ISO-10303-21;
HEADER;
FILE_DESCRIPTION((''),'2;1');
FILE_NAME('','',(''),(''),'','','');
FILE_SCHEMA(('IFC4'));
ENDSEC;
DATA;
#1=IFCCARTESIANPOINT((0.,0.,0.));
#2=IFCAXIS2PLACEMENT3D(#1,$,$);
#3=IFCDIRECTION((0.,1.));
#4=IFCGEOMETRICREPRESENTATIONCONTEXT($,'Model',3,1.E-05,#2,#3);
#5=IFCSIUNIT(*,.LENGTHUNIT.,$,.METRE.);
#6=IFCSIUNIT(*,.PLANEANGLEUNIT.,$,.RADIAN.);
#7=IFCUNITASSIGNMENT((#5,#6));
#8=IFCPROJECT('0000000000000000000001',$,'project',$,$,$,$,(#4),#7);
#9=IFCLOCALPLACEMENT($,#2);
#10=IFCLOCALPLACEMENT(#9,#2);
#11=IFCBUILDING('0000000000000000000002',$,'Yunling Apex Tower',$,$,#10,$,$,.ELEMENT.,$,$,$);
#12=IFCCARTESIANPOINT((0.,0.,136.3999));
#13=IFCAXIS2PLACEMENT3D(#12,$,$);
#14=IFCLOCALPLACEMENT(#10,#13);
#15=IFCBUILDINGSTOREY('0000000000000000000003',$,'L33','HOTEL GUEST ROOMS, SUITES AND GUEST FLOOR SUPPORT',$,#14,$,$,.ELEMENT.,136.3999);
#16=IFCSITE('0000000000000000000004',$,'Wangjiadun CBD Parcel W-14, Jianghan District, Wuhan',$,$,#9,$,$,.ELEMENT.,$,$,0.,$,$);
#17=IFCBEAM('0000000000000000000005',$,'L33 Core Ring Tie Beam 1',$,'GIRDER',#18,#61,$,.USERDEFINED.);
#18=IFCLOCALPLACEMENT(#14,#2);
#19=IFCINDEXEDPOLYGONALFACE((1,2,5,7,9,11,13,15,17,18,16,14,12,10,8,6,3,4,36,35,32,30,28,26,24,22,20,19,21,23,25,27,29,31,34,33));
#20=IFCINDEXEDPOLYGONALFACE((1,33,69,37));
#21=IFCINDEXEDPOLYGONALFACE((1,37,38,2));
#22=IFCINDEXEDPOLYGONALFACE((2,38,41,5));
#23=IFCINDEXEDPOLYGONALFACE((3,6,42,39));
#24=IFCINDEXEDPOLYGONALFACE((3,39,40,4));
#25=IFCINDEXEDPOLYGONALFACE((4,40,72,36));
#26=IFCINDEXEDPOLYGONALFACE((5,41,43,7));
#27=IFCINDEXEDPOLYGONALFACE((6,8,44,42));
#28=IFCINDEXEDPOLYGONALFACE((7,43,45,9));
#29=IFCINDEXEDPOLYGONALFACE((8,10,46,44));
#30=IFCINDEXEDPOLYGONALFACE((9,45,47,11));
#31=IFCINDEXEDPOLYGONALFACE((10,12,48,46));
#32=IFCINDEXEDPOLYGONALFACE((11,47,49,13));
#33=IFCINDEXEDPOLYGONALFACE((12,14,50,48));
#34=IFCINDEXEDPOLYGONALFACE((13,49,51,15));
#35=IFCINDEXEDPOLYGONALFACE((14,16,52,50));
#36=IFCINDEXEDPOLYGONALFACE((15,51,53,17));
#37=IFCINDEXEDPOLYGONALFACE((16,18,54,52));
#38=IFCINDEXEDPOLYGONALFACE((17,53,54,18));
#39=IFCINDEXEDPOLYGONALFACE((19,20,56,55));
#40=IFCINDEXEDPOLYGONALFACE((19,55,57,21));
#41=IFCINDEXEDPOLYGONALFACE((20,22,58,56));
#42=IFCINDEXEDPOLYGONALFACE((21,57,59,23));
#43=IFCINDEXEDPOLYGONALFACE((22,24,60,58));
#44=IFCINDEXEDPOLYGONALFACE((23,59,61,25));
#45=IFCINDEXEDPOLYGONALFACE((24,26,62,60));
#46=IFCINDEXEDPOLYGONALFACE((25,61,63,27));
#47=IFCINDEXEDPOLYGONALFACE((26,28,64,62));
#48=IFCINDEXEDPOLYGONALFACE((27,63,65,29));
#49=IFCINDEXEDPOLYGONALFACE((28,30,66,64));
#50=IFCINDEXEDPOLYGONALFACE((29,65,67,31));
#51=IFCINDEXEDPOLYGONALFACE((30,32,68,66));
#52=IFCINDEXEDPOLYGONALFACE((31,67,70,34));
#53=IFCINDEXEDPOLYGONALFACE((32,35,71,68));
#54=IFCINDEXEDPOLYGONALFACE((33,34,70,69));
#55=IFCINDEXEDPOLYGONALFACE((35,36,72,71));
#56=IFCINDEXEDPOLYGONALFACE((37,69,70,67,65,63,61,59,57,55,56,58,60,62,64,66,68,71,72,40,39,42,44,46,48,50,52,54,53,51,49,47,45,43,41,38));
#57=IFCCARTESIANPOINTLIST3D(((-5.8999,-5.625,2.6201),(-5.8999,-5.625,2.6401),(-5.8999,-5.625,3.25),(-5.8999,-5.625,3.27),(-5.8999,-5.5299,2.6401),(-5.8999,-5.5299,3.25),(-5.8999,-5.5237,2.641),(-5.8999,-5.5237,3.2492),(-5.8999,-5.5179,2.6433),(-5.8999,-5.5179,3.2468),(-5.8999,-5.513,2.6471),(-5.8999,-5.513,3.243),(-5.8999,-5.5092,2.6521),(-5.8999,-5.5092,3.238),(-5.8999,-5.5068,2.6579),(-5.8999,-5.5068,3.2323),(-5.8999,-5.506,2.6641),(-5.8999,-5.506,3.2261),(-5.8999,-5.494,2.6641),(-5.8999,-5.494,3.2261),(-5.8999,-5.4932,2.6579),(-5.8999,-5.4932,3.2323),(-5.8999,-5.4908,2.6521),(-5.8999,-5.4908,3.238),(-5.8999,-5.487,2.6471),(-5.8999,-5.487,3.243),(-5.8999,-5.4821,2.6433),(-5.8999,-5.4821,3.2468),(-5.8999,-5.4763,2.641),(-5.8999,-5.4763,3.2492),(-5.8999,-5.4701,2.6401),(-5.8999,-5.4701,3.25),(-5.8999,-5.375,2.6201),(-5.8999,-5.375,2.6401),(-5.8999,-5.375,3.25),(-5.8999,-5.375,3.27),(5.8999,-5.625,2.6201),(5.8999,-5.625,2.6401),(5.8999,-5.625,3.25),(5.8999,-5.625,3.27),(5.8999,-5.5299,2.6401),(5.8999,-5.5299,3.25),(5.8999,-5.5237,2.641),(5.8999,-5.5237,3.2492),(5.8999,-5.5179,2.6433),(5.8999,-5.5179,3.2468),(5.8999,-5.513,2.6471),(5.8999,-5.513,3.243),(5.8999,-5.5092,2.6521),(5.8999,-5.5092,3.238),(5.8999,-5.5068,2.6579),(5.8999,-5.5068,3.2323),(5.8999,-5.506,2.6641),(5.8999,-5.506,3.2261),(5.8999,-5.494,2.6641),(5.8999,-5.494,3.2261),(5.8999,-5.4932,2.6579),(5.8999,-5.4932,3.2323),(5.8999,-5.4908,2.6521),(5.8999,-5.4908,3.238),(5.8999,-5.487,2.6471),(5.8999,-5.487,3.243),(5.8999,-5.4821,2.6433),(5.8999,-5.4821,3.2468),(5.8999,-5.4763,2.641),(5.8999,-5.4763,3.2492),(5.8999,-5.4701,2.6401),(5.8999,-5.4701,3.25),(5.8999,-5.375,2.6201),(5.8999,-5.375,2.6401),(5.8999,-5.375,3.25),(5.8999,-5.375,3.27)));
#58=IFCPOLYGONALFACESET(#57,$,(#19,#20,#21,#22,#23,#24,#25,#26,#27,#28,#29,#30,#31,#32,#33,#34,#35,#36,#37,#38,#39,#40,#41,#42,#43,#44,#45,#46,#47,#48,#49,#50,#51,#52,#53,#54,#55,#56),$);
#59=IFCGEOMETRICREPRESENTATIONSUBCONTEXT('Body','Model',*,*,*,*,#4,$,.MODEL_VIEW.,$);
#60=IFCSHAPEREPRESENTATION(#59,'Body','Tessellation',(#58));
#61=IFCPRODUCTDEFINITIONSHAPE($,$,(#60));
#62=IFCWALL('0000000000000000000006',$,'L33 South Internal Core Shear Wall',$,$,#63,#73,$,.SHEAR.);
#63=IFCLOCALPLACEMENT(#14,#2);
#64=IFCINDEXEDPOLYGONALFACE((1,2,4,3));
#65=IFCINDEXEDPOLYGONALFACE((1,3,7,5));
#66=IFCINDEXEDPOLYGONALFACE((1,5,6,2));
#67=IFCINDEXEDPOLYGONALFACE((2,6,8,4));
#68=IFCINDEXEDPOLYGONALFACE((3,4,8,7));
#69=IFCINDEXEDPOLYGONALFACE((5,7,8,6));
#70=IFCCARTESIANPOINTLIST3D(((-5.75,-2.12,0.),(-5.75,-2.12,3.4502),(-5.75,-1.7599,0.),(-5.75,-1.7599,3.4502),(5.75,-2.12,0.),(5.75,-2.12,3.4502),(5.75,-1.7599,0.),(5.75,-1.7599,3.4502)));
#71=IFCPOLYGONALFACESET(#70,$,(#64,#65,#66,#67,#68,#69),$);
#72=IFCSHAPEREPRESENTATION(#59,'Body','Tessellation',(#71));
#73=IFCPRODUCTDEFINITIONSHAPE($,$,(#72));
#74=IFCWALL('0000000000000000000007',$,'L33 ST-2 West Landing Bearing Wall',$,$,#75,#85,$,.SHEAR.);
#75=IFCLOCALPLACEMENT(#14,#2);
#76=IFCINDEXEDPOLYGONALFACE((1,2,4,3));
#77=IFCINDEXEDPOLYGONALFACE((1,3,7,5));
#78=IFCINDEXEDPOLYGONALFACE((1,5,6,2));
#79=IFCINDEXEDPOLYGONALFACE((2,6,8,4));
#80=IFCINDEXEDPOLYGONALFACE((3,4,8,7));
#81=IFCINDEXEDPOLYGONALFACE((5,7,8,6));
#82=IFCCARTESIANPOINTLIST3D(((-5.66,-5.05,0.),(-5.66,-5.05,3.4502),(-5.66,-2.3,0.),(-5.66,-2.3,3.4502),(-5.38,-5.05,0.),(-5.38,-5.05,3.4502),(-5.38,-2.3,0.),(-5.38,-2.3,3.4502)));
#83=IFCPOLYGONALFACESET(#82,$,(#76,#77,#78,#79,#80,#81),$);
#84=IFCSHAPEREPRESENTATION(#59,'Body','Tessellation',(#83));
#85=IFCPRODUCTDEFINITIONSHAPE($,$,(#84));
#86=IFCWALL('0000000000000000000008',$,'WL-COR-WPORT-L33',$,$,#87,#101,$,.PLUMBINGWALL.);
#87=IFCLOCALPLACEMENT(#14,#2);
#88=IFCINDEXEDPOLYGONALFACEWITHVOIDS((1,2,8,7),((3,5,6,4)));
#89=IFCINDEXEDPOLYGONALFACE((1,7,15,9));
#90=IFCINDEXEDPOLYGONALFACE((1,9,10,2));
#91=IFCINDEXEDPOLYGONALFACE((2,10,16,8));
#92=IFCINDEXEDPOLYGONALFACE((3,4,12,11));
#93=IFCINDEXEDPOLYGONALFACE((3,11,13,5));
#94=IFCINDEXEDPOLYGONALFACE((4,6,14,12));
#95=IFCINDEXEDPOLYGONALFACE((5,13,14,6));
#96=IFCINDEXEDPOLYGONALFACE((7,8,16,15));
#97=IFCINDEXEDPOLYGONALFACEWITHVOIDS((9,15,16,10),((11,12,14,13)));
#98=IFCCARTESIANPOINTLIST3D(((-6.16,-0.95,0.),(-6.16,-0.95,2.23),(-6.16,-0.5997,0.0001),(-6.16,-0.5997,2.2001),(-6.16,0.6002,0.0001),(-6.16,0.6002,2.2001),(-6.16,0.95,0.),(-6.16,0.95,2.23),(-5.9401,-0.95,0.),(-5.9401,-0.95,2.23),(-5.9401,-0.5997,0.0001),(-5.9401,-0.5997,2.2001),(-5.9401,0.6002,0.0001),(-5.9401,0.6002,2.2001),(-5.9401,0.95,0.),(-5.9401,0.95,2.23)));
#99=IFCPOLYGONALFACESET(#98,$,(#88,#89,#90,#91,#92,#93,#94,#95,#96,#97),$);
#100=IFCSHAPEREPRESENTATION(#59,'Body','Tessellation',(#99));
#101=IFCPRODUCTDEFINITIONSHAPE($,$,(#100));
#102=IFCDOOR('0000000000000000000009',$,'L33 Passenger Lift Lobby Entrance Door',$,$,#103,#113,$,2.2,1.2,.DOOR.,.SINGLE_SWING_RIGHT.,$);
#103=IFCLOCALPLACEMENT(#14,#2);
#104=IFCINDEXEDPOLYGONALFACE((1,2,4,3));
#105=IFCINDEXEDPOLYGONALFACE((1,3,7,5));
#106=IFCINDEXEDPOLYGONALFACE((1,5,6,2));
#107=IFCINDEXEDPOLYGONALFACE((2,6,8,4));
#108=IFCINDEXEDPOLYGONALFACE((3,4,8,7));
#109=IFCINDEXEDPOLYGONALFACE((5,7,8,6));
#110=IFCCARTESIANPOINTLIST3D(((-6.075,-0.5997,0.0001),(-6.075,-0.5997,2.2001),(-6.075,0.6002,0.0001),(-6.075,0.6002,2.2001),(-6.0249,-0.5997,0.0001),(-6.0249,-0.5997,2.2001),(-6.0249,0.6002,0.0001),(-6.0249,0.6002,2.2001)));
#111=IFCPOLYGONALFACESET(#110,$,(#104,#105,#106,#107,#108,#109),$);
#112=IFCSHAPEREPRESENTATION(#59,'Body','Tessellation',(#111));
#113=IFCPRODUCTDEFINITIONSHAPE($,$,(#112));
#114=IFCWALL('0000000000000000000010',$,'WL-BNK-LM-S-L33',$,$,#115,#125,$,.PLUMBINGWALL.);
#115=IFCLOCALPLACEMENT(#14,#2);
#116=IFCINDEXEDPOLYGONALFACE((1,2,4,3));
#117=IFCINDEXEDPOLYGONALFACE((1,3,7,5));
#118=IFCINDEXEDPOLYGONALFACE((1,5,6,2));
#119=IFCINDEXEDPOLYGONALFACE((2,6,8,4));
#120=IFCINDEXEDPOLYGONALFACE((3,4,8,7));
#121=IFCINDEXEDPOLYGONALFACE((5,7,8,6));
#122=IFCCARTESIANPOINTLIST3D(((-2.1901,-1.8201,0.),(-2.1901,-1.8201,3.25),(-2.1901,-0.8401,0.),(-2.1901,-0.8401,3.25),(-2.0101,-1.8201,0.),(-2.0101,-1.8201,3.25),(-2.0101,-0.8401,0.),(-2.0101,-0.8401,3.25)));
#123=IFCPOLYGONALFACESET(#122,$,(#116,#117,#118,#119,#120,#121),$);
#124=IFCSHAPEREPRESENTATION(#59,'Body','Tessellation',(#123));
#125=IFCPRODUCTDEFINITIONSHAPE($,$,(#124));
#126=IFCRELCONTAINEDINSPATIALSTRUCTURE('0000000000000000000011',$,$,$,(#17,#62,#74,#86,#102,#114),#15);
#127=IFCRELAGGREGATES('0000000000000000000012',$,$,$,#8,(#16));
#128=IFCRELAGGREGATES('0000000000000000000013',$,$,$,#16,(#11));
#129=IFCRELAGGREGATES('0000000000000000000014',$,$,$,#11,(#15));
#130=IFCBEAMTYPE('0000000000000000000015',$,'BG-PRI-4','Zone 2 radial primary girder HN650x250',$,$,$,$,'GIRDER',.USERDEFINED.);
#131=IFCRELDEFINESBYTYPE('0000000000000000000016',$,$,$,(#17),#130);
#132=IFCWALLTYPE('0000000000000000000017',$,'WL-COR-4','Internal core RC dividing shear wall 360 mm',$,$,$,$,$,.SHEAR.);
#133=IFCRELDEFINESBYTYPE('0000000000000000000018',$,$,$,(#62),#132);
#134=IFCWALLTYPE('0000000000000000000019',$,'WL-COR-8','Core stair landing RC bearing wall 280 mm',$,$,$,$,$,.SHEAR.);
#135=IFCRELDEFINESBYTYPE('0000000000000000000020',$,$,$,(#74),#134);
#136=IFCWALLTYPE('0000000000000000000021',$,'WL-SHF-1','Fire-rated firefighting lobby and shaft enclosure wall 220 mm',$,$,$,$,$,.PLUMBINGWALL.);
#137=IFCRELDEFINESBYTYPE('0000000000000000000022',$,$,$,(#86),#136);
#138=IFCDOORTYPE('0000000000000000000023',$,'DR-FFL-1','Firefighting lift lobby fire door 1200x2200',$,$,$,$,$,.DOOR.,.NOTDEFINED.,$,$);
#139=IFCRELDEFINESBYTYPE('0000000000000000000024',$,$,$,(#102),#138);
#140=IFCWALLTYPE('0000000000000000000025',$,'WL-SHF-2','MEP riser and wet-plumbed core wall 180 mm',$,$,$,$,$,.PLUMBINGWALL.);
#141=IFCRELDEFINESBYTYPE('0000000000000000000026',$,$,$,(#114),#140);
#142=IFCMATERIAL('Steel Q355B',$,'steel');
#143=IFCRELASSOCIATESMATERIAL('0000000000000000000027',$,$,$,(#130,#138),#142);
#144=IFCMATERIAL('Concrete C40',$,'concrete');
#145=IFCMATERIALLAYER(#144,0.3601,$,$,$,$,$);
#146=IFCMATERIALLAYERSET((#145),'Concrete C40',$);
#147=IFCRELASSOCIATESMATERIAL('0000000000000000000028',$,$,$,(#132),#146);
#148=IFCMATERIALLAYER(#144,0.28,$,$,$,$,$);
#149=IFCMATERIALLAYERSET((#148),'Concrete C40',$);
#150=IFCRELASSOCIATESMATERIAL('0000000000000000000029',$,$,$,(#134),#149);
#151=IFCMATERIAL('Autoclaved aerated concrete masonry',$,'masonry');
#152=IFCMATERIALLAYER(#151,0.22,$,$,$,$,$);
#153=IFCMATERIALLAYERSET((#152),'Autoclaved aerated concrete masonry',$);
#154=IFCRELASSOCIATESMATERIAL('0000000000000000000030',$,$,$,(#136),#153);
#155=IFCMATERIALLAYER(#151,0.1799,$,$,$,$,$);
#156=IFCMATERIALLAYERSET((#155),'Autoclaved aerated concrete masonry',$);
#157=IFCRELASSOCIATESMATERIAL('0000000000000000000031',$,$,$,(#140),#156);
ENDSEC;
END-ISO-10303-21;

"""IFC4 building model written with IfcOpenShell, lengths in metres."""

from ifc_helpers import new_model, si_unit, direction, frame, frame_2d, origin, origin_2d, place, context, subcontext, project, spatial, rectangle, i_section, extrude, source, transform, mapped, material, layer, layer_set, material_profile, profile_set, type_object, element, fill, save


model = new_model("IFC4")

# Units and contexts
model_context = context("Model", 3, precision=1e-05, world=origin(), true_north=direction((0.0, 1.0)))
body_context = subcontext(model_context, "Body", "Model", "MODEL_VIEW")
ifc_project = project(units=[si_unit("LENGTHUNIT", "METRE"), si_unit("PLANEANGLEUNIT", "RADIAN")], contexts=[model_context])

# Site, building, storey
site_placement = place(None, origin())
site = spatial("IfcSite", under=ifc_project, at=site_placement, Name="Wangjiadun CBD Parcel W-14, Jianghan District, Wuhan", CompositionType="ELEMENT", RefElevation=0.0)
building_placement = place(site_placement, origin())
building = spatial("IfcBuilding", under=site, at=building_placement, Name="Yunling Apex Tower", CompositionType="ELEMENT")
storey_placement = place(building_placement, frame((0.0, 0.0, 136.3999)))
storey = spatial("IfcBuildingStorey", under=building, at=storey_placement, Name="L33", Description="HOTEL GUEST ROOMS, SUITES AND GUEST FLOOR SUPPORT", CompositionType="ELEMENT", Elevation=136.3999)

# Beam
ifc_material_1 = material(Name="Steel Q355B", Category="steel")
ifc_material_profile_1 = material_profile(ifc_material_1, i_section(OverallWidth=0.25, OverallDepth=0.6499, WebThickness=0.012, FlangeThickness=0.02, FilletRadius=0.0239, at=origin_2d()))
ifc_profile_set_1 = profile_set([ifc_material_profile_1], Name="Steel Q355B")
beam_type_1 = type_object("IfcBeamType", Name="BG-PRI-4", Description="Zone 2 radial primary girder HN650x250", ElementType="GIRDER", PredefinedType="USERDEFINED", material=ifc_profile_set_1)
shared_shape_1 = source(origin(), body_context, "Body", "SweptSolid", [
    extrude(i_section(OverallWidth=0.25, OverallDepth=0.6499, WebThickness=0.012, FlangeThickness=0.02, FilletRadius=0.0239, at=origin_2d()), origin(), (0.0, 0.0, 1.0), 11.7998),
])
beam_1_placement = place(storey_placement, frame((-5.8999, -5.5, 2.9451), z_axis=(1.0, 0.0, 0.0), x_axis=(0.0, 1.0, 0.0)))
element("IfcBeam", 1, at=beam_1_placement, inside=storey, type_object=beam_type_1, Name="L33 Core Ring Tie Beam 1", ObjectType="GIRDER", PredefinedType="USERDEFINED", context=body_context, shape_type="MappedRepresentation", body=[
    mapped(shared_shape_1, transform((0.0, 0.0, 0.0), scale=1.0)),
])

# Walls
ifc_material_2 = material(Name="Concrete C40", Category="concrete")
ifc_layer_1 = layer(ifc_material_2, 0.3601)
ifc_layer_set_1 = layer_set([ifc_layer_1], Name="Concrete C40")
wall_type_1 = type_object("IfcWallType", Name="WL-COR-4", Description="Internal core RC dividing shear wall 360 mm", PredefinedType="SHEAR", material=ifc_layer_set_1)
wall_1_placement = place(storey_placement, frame((-5.75, -1.9399, 0.0), z_axis=(0.0, 0.0, 1.0), x_axis=(1.0, 0.0, 0.0)))
element("IfcWall", 2, at=wall_1_placement, inside=storey, type_object=wall_type_1, Name="L33 South Internal Core Shear Wall", PredefinedType="SHEAR", context=body_context, shape_type="SweptSolid", body=[
    extrude(rectangle(XDim=11.5, YDim=0.3601, at=frame_2d((5.75, 0.0))), origin(), (0.0, 0.0, 1.0), 3.4502),
])
ifc_layer_2 = layer(ifc_material_2, 0.28)
ifc_layer_set_2 = layer_set([ifc_layer_2], Name="Concrete C40")
wall_type_2 = type_object("IfcWallType", Name="WL-COR-8", Description="Core stair landing RC bearing wall 280 mm", PredefinedType="SHEAR", material=ifc_layer_set_2)
wall_2_placement = place(storey_placement, frame((-5.52, -5.05, 0.0), z_axis=(0.0, 0.0, 1.0), x_axis=(0.0, 1.0, 0.0)))
element("IfcWall", 3, at=wall_2_placement, inside=storey, type_object=wall_type_2, Name="L33 ST-2 West Landing Bearing Wall", PredefinedType="SHEAR", context=body_context, shape_type="SweptSolid", body=[
    extrude(rectangle(XDim=2.75, YDim=0.28, at=frame_2d((1.375, 0.0))), origin(), (0.0, 0.0, 1.0), 3.4502),
])

# Wall, opening, door
ifc_material_3 = material(Name="Autoclaved aerated concrete masonry", Category="masonry")
ifc_layer_3 = layer(ifc_material_3, 0.22)
ifc_layer_set_3 = layer_set([ifc_layer_3], Name="Autoclaved aerated concrete masonry")
wall_type_3 = type_object("IfcWallType", Name="WL-SHF-1", Description="Fire-rated firefighting lobby and shaft enclosure wall 220 mm", PredefinedType="PLUMBINGWALL", material=ifc_layer_set_3)
wall_3_placement = place(storey_placement, frame((-6.05, -0.95, 0.0), z_axis=(0.0, 0.0, 1.0), x_axis=(0.0, 1.0, 0.0)))
wall_3 = element("IfcWall", 4, at=wall_3_placement, inside=storey, type_object=wall_type_3, Name="WL-COR-WPORT-L33", PredefinedType="PLUMBINGWALL", context=body_context, shape_type="SweptSolid", body=[
    extrude(rectangle(XDim=1.8999, YDim=0.22, at=frame_2d((0.95, 0.0))), origin(), (0.0, 0.0, 1.0), 2.23),
])
opening_1_placement = place(wall_3_placement, frame((0.3501, 0.0, 0.0)))
opening_1 = element("IfcOpeningElement", 5, at=opening_1_placement, cuts=wall_3, PredefinedType="OPENING", context=body_context, shape_type="SweptSolid", body=[
    extrude(rectangle(XDim=1.2, YDim=2.2, at=frame_2d((0.6001, 1.1001))), frame((0.0, 0.1201, 0.0), z_axis=(0.0, -1.0, 0.0), x_axis=(1.0, 0.0, 0.0)), (0.0, 0.0, 1.0), 0.24),
])
door_type_1 = type_object("IfcDoorType", Name="DR-FFL-1", Description="Firefighting lift lobby fire door 1200x2200", OperationType="NOTDEFINED", PredefinedType="DOOR", material=ifc_material_1)
door_1_placement = place(opening_1_placement, origin())
door_1 = element("IfcDoor", 6, at=door_1_placement, inside=storey, type_object=door_type_1, Name="L33 Passenger Lift Lobby Entrance Door", OperationType="SINGLE_SWING_RIGHT", OverallHeight=2.2, OverallWidth=1.2, PredefinedType="DOOR", context=body_context, shape_type="SweptSolid", body=[
    extrude(rectangle(XDim=1.2, YDim=2.2, at=frame_2d((0.6001, 1.1001))), frame((0.0, 0.0249, 0.0), z_axis=(0.0, -1.0, 0.0), x_axis=(1.0, 0.0, 0.0)), (0.0, 0.0, 1.0), 0.05),
])
fill(opening_1, door_1)

# Wall
ifc_layer_4 = layer(ifc_material_3, 0.1799)
ifc_layer_set_4 = layer_set([ifc_layer_4], Name="Autoclaved aerated concrete masonry")
wall_type_4 = type_object("IfcWallType", Name="WL-SHF-2", Description="MEP riser and wet-plumbed core wall 180 mm", PredefinedType="PLUMBINGWALL", material=ifc_layer_set_4)
wall_4_placement = place(storey_placement, frame((-2.1001, -1.8201, 0.0), z_axis=(0.0, 0.0, 1.0), x_axis=(0.0, 1.0, 0.0)))
element("IfcWall", 7, at=wall_4_placement, inside=storey, type_object=wall_type_4, Name="WL-BNK-LM-S-L33", PredefinedType="PLUMBINGWALL", context=body_context, shape_type="SweptSolid", body=[
    extrude(rectangle(XDim=0.98, YDim=0.1799, at=frame_2d((0.49, 0.0))), origin(), (0.0, 0.0, 1.0), 3.25),
])

save(model, "model.ifc")
